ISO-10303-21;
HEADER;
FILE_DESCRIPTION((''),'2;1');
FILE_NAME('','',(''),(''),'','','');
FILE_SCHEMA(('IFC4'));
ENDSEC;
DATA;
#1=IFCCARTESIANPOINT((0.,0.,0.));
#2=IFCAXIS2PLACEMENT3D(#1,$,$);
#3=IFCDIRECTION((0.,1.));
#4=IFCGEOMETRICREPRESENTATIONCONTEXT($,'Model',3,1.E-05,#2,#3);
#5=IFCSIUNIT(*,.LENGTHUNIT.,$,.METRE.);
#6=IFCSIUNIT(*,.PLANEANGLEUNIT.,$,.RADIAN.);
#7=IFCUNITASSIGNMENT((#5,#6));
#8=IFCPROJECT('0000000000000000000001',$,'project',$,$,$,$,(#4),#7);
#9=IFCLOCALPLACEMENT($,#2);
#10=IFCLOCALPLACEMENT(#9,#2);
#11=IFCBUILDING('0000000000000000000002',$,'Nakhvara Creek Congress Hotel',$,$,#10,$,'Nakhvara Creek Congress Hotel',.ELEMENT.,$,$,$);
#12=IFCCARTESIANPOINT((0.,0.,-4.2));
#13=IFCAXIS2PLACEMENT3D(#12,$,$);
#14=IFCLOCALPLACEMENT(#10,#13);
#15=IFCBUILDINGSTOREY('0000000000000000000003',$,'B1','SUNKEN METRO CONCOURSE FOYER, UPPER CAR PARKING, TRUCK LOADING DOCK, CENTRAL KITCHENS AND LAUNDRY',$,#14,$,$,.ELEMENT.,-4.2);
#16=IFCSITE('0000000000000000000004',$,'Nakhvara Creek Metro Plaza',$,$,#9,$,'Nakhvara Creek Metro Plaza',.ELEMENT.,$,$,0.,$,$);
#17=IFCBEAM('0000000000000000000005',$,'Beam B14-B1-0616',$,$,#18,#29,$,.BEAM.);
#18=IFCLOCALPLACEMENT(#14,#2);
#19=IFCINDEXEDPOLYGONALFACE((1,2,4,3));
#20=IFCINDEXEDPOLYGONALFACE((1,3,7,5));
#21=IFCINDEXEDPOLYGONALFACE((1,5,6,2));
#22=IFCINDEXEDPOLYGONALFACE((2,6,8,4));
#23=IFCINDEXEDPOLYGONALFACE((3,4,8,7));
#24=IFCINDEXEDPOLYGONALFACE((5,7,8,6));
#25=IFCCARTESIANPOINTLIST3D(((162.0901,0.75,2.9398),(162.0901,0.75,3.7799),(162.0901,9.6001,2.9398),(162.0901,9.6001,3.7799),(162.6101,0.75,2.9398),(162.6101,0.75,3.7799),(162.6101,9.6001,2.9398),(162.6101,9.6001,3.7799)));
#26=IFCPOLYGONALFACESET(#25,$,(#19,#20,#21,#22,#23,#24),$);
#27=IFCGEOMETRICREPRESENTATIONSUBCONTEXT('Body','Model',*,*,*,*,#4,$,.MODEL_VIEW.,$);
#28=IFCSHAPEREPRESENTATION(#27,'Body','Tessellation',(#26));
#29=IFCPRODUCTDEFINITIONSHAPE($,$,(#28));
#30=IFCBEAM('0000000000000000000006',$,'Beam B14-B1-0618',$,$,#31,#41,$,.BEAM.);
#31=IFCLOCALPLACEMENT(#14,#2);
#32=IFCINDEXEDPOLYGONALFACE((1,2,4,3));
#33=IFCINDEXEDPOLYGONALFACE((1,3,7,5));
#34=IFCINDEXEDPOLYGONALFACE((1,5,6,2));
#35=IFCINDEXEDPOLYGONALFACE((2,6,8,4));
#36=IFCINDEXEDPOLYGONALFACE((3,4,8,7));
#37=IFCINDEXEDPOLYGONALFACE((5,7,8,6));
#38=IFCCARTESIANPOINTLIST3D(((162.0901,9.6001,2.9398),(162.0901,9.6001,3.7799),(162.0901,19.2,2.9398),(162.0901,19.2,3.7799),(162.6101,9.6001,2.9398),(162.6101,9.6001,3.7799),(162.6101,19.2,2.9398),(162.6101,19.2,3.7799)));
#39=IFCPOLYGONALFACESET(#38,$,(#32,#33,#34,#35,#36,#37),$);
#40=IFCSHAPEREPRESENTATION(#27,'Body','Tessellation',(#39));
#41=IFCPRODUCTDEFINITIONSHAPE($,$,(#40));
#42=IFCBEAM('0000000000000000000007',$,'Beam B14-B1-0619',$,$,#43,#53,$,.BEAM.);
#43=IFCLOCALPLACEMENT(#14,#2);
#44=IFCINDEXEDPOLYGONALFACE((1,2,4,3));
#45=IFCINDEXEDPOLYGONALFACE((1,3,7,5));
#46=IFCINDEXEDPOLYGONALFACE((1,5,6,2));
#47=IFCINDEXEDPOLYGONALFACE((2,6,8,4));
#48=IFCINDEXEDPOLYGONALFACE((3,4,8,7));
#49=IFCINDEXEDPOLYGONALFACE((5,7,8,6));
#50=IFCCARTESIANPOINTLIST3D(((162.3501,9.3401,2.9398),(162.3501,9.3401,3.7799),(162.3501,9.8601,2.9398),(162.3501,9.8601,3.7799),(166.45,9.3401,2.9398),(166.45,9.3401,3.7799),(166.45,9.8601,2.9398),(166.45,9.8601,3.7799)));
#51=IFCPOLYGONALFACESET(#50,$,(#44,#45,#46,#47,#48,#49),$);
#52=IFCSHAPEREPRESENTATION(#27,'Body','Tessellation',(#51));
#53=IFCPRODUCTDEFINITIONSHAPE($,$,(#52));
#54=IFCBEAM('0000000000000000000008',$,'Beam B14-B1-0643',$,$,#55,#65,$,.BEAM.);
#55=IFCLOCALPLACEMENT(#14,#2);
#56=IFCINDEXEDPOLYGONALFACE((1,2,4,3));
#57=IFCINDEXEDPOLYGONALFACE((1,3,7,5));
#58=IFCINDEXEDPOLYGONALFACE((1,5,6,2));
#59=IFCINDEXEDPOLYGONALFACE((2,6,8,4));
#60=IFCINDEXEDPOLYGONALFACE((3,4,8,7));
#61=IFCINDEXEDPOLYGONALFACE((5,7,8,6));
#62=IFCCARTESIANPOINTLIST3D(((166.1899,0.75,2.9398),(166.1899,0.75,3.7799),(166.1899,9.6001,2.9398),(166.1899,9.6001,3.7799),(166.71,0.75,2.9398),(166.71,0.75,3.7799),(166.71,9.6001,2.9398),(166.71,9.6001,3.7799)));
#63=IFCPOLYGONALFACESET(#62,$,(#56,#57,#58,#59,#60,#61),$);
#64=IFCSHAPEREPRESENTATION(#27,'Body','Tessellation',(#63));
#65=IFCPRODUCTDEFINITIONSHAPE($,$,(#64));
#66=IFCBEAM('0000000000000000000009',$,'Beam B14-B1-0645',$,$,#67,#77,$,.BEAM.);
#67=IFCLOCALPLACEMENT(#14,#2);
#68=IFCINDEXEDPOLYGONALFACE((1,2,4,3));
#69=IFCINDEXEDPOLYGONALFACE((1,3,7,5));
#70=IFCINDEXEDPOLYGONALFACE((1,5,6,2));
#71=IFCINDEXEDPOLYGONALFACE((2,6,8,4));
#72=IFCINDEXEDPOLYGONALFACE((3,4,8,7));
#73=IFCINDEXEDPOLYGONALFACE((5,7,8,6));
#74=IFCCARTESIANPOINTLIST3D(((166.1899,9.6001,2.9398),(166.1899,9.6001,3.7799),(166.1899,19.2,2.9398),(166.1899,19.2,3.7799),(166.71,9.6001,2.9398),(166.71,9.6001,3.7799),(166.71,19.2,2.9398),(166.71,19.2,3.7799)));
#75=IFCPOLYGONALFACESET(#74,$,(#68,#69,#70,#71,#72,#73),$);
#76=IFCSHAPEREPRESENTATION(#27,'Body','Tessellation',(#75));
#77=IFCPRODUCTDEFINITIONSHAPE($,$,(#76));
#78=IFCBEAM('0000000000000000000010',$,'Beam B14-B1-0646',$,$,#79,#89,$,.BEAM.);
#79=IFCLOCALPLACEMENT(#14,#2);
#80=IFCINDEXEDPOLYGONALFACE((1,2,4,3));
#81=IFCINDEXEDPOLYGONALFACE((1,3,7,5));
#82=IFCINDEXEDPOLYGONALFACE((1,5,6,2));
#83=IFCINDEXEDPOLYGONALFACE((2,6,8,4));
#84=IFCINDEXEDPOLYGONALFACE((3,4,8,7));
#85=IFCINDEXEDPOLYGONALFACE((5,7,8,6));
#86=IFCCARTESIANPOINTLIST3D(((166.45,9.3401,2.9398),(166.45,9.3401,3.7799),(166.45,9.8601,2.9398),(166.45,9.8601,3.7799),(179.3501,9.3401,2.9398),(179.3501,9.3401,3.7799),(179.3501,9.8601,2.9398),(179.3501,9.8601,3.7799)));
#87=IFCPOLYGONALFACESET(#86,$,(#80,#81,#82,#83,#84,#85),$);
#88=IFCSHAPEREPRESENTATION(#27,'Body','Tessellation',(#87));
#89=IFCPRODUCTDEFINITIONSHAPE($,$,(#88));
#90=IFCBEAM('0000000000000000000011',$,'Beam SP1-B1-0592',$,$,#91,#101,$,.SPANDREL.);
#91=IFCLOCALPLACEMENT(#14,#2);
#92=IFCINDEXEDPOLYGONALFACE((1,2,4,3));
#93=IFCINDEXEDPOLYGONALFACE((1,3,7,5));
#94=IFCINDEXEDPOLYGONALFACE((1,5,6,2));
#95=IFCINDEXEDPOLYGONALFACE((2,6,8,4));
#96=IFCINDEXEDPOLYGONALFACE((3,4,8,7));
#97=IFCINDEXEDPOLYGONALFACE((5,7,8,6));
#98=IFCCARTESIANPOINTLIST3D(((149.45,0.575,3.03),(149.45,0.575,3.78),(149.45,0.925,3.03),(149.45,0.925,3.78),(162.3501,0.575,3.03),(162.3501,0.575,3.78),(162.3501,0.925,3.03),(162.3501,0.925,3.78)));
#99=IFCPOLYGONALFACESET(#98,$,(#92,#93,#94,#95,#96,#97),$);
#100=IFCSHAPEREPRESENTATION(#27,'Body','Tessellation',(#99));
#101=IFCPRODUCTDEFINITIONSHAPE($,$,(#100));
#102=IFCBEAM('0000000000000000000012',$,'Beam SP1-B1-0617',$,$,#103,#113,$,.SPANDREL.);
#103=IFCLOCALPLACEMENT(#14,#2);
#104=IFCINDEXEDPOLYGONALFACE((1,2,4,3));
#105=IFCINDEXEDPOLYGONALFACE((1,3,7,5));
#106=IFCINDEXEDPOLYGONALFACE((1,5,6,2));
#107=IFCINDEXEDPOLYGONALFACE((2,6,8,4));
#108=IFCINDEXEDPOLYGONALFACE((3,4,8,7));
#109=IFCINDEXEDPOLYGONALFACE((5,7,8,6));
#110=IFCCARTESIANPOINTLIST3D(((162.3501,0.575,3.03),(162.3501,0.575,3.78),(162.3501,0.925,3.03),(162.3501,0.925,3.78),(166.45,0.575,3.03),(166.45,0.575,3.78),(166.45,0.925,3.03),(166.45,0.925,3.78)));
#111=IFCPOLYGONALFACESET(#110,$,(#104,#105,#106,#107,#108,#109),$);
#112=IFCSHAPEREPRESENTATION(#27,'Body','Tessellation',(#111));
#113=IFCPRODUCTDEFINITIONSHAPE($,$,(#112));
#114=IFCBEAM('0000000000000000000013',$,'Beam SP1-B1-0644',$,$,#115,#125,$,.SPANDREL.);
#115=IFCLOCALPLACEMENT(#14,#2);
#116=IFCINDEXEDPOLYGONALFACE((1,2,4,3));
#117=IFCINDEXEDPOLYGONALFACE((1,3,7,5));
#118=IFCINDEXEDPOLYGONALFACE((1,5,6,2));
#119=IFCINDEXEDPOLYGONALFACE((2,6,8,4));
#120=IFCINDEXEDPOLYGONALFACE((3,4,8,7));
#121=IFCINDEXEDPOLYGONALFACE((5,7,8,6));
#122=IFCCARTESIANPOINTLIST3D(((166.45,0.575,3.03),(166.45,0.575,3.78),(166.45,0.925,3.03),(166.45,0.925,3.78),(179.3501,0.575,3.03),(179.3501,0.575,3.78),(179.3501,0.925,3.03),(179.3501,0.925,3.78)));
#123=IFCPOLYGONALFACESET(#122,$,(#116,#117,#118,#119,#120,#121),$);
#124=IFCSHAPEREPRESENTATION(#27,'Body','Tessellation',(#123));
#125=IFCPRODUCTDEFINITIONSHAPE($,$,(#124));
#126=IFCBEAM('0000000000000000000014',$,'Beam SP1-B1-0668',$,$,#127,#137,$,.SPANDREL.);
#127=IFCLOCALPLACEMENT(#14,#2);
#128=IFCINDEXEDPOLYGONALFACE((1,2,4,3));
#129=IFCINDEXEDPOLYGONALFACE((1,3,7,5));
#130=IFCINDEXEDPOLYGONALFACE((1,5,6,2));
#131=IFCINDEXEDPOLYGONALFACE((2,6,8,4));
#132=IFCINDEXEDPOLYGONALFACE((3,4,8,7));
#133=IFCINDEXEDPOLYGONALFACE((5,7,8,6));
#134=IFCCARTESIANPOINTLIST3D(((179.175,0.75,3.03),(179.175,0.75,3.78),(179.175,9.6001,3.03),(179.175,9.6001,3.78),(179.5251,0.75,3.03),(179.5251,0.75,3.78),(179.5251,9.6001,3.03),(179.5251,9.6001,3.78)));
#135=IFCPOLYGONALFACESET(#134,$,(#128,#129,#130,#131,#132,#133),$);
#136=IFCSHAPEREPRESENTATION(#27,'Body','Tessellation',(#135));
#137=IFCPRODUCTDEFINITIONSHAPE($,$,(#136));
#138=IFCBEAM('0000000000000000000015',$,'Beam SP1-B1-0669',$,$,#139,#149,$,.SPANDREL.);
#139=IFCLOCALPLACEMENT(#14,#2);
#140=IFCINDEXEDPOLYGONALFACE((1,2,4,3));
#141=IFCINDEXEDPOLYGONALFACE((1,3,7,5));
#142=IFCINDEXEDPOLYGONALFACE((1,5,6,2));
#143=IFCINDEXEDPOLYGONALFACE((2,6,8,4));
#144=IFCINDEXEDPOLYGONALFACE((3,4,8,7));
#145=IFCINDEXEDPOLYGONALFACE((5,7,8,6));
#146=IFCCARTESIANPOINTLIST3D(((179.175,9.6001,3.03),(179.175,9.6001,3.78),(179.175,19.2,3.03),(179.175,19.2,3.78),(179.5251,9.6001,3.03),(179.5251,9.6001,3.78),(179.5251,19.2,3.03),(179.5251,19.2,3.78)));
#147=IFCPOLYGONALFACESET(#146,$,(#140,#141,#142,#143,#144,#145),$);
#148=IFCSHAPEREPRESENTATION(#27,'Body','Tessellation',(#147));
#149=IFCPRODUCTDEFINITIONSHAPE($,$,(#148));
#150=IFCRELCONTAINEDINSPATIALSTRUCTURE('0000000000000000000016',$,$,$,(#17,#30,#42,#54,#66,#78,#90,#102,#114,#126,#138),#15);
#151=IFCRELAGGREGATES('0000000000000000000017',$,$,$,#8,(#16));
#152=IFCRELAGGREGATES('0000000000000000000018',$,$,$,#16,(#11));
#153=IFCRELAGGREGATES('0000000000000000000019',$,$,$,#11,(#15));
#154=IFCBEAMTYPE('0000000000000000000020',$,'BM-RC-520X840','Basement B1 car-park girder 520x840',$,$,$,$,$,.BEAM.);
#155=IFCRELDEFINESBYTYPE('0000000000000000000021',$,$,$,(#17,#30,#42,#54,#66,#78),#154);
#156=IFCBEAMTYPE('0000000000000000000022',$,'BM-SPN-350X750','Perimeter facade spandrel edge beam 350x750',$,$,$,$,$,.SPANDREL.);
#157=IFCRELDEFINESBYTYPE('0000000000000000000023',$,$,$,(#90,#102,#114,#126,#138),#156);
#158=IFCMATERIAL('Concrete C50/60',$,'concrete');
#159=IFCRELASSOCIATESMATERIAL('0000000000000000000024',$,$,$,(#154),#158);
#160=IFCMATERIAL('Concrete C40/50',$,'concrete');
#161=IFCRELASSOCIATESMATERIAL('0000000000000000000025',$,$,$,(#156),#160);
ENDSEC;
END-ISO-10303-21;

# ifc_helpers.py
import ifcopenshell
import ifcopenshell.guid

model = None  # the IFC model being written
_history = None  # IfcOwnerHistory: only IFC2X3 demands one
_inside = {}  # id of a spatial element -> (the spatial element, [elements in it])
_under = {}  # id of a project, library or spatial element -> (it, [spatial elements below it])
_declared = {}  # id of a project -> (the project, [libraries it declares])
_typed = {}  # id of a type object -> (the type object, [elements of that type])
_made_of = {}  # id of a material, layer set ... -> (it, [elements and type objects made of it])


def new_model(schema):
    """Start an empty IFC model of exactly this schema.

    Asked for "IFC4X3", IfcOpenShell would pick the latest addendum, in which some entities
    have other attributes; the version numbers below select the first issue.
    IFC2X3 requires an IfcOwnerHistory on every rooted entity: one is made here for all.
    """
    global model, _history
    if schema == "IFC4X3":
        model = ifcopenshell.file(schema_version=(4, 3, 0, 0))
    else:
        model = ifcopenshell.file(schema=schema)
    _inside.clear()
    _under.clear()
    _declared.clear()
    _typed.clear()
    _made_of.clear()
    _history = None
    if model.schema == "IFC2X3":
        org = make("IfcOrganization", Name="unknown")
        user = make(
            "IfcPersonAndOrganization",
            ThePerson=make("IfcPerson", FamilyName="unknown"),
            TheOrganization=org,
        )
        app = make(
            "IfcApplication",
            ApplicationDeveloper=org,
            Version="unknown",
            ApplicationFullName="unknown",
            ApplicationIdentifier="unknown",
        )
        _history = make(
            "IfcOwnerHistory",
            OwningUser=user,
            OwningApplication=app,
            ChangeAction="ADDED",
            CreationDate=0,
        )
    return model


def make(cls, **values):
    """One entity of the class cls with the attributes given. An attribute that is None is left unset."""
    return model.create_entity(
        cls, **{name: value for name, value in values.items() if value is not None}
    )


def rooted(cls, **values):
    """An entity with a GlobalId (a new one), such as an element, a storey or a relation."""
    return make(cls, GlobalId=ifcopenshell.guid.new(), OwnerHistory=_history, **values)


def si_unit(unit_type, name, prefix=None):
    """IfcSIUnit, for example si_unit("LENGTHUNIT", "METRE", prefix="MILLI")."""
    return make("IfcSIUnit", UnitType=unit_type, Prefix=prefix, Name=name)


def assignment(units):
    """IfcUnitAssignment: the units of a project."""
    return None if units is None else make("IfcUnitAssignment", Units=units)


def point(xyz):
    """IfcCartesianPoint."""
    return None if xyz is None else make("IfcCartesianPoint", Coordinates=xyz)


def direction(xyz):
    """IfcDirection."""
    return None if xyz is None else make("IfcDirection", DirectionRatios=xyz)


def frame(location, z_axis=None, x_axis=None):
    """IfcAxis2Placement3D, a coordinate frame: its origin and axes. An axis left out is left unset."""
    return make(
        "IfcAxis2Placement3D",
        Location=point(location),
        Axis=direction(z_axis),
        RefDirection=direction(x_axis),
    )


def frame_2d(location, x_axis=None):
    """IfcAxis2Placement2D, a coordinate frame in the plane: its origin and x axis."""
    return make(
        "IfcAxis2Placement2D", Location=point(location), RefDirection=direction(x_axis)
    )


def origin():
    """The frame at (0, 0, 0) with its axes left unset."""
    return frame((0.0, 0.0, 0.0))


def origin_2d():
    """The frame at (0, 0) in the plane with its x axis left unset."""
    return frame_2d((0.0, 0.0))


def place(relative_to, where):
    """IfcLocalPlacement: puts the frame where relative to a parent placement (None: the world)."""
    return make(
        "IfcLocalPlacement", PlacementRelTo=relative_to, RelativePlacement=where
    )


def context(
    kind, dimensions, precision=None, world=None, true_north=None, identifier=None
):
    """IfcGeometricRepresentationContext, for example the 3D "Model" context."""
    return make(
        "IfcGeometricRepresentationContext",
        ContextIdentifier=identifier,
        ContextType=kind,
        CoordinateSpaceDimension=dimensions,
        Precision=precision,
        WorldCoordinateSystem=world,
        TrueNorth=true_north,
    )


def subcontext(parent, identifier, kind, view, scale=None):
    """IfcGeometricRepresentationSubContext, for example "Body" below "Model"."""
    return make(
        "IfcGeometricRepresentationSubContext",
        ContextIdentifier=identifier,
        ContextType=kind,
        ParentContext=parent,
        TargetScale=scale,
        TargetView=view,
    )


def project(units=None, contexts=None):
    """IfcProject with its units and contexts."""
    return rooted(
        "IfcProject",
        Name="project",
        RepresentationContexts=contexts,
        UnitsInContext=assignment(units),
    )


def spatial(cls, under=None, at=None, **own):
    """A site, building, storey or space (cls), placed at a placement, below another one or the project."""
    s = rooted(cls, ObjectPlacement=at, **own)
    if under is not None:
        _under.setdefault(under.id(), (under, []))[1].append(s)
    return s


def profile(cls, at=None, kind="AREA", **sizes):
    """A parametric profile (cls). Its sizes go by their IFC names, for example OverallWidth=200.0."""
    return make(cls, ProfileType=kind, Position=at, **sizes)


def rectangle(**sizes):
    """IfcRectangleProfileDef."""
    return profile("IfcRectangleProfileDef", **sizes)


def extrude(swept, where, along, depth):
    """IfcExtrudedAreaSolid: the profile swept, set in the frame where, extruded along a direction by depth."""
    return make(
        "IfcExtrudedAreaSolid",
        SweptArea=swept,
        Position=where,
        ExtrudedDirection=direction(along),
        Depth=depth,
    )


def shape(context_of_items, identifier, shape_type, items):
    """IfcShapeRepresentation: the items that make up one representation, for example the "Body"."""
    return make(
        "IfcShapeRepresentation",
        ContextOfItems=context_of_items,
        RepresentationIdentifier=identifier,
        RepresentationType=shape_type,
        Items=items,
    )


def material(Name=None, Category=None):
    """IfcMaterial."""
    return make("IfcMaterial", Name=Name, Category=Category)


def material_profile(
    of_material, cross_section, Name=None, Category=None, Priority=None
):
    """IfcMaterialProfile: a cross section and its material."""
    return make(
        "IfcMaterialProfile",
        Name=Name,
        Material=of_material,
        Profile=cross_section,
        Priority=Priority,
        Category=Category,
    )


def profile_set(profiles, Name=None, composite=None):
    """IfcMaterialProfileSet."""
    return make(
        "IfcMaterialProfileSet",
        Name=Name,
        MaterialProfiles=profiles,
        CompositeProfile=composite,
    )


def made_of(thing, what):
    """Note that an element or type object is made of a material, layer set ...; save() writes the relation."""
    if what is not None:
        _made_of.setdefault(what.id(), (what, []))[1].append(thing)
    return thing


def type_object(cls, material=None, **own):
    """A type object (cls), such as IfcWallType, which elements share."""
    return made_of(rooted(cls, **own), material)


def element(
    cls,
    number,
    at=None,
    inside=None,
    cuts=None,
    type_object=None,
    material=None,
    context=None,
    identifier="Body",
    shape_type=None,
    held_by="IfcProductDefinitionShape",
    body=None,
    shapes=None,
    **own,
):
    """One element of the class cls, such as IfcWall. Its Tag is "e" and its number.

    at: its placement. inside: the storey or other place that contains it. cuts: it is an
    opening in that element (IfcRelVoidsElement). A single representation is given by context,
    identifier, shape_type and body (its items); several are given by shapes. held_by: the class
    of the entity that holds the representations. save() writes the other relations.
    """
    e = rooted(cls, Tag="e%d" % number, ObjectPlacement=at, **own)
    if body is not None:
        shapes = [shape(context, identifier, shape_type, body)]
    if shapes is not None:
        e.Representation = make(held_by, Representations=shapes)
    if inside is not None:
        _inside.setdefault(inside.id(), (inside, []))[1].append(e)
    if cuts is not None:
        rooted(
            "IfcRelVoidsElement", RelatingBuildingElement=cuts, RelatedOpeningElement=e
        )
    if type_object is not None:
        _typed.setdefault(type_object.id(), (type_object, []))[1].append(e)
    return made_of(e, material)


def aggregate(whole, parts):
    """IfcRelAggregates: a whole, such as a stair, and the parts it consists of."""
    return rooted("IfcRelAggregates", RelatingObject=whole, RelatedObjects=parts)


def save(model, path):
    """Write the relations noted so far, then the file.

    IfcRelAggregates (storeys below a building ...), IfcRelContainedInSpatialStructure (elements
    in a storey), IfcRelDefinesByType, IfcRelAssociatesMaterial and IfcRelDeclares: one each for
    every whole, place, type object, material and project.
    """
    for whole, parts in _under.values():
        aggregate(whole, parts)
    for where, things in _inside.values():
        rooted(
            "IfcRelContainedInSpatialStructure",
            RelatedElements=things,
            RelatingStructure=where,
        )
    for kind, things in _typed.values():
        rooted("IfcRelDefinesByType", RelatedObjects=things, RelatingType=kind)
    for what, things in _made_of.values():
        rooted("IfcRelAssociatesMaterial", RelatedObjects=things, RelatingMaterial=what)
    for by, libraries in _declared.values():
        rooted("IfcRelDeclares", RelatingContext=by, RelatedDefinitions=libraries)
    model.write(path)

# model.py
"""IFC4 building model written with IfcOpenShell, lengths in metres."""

from ifc_helpers import new_model, si_unit, direction, frame, origin, origin_2d, place, context, subcontext, project, spatial, rectangle, extrude, material, material_profile, profile_set, type_object, element, save


model = new_model("IFC4")

# Units and contexts
model_context = context("Model", 3, precision=1e-05, world=origin(), true_north=direction((0.0, 1.0)))
body_context = subcontext(model_context, "Body", "Model", "MODEL_VIEW")
ifc_project = project(units=[si_unit("LENGTHUNIT", "METRE"), si_unit("PLANEANGLEUNIT", "RADIAN")], contexts=[model_context])

# Site, building, storey
site_placement = place(None, origin())
site = spatial("IfcSite", under=ifc_project, at=site_placement, Name="Nakhvara Creek Metro Plaza", LongName="Nakhvara Creek Metro Plaza", CompositionType="ELEMENT", RefElevation=0.0)
building_placement = place(site_placement, origin())
building = spatial("IfcBuilding", under=site, at=building_placement, Name="Nakhvara Creek Congress Hotel", LongName="Nakhvara Creek Congress Hotel", CompositionType="ELEMENT")
storey_placement = place(building_placement, frame((0.0, 0.0, -4.2)))
storey = spatial("IfcBuildingStorey", under=building, at=storey_placement, Name="B1", Description="SUNKEN METRO CONCOURSE FOYER, UPPER CAR PARKING, TRUCK LOADING DOCK, CENTRAL KITCHENS AND LAUNDRY", CompositionType="ELEMENT", Elevation=-4.2)

# Shared definitions
ifc_material_1 = material(Name="Concrete C50/60", Category="concrete")

# Beams
ifc_material_profile_1 = material_profile(ifc_material_1, rectangle(XDim=0.52, YDim=0.8401, at=origin_2d()), Name="RC-BM 520x840", Category="LoadBearing")
ifc_profile_set_1 = profile_set([ifc_material_profile_1], Name="Concrete C50/60")
beam_type_1 = type_object("IfcBeamType", Name="BM-RC-520X840", Description="Basement B1 car-park girder 520x840", PredefinedType="BEAM", material=ifc_profile_set_1)
beam_1_placement = place(storey_placement, frame((162.3501, 0.75, 3.3599), z_axis=(0.0, 1.0, 0.0), x_axis=(-1.0, 0.0, 0.0)))
element("IfcBeam", 1, at=beam_1_placement, inside=storey, type_object=beam_type_1, Name="Beam B14-B1-0616", PredefinedType="BEAM", context=body_context, shape_type="SweptSolid", body=[
    extrude(rectangle(XDim=0.52, YDim=0.8401, at=origin_2d()), origin(), (0.0, 0.0, 1.0), 8.8501),
])
beam_2_placement = place(storey_placement, frame((162.3501, 9.6001, 3.3599), z_axis=(0.0, 1.0, 0.0), x_axis=(-1.0, 0.0, 0.0)))
element("IfcBeam", 2, at=beam_2_placement, inside=storey, type_object=beam_type_1, Name="Beam B14-B1-0618", PredefinedType="BEAM", context=body_context, shape_type="SweptSolid", body=[
    extrude(rectangle(XDim=0.52, YDim=0.8401, at=origin_2d()), origin(), (0.0, 0.0, 1.0), 9.5999),
])
beam_3_placement = place(storey_placement, frame((162.3501, 9.6001, 3.3599), z_axis=(1.0, 0.0, 0.0), x_axis=(0.0, 1.0, 0.0)))
element("IfcBeam", 3, at=beam_3_placement, inside=storey, type_object=beam_type_1, Name="Beam B14-B1-0619", PredefinedType="BEAM", context=body_context, shape_type="SweptSolid", body=[
    extrude(rectangle(XDim=0.52, YDim=0.8401, at=origin_2d()), origin(), (0.0, 0.0, 1.0), 4.0999),
])
beam_4_placement = place(storey_placement, frame((166.45, 0.75, 3.3599), z_axis=(0.0, 1.0, 0.0), x_axis=(-1.0, 0.0, 0.0)))
element("IfcBeam", 4, at=beam_4_placement, inside=storey, type_object=beam_type_1, Name="Beam B14-B1-0643", PredefinedType="BEAM", context=body_context, shape_type="SweptSolid", body=[
    extrude(rectangle(XDim=0.52, YDim=0.8401, at=origin_2d()), origin(), (0.0, 0.0, 1.0), 8.8501),
])
beam_5_placement = place(storey_placement, frame((166.45, 9.6001, 3.3599), z_axis=(0.0, 1.0, 0.0), x_axis=(-1.0, 0.0, 0.0)))
element("IfcBeam", 5, at=beam_5_placement, inside=storey, type_object=beam_type_1, Name="Beam B14-B1-0645", PredefinedType="BEAM", context=body_context, shape_type="SweptSolid", body=[
    extrude(rectangle(XDim=0.52, YDim=0.8401, at=origin_2d()), origin(), (0.0, 0.0, 1.0), 9.5999),
])
beam_6_placement = place(storey_placement, frame((166.45, 9.6001, 3.3599), z_axis=(1.0, 0.0, 0.0), x_axis=(0.0, 1.0, 0.0)))
element("IfcBeam", 6, at=beam_6_placement, inside=storey, type_object=beam_type_1, Name="Beam B14-B1-0646", PredefinedType="BEAM", context=body_context, shape_type="SweptSolid", body=[
    extrude(rectangle(XDim=0.52, YDim=0.8401, at=origin_2d()), origin(), (0.0, 0.0, 1.0), 12.9001),
])
ifc_material_2 = material(Name="Concrete C40/50", Category="concrete")
ifc_material_profile_2 = material_profile(ifc_material_2, rectangle(XDim=0.3501, YDim=0.75, at=origin_2d()), Name="RC-SPANDREL 350x750", Category="LoadBearing")
ifc_profile_set_2 = profile_set([ifc_material_profile_2], Name="Concrete C40/50")
beam_type_2 = type_object("IfcBeamType", Name="BM-SPN-350X750", Description="Perimeter facade spandrel edge beam 350x750", PredefinedType="SPANDREL", material=ifc_profile_set_2)
beam_7_placement = place(storey_placement, frame((149.45, 0.75, 3.405), z_axis=(1.0, 0.0, 0.0), x_axis=(0.0, 1.0, 0.0)))
element("IfcBeam", 7, at=beam_7_placement, inside=storey, type_object=beam_type_2, Name="Beam SP1-B1-0592", PredefinedType="SPANDREL", context=body_context, shape_type="SweptSolid", body=[
    extrude(rectangle(XDim=0.3501, YDim=0.75, at=origin_2d()), origin(), (0.0, 0.0, 1.0), 12.9001),
])
beam_8_placement = place(storey_placement, frame((162.3501, 0.75, 3.405), z_axis=(1.0, 0.0, 0.0), x_axis=(0.0, 1.0, 0.0)))
element("IfcBeam", 8, at=beam_8_placement, inside=storey, type_object=beam_type_2, Name="Beam SP1-B1-0617", PredefinedType="SPANDREL", context=body_context, shape_type="SweptSolid", body=[
    extrude(rectangle(XDim=0.3501, YDim=0.75, at=origin_2d()), origin(), (0.0, 0.0, 1.0), 4.0999),
])
beam_9_placement = place(storey_placement, frame((166.45, 0.75, 3.405), z_axis=(1.0, 0.0, 0.0), x_axis=(0.0, 1.0, 0.0)))
element("IfcBeam", 9, at=beam_9_placement, inside=storey, type_object=beam_type_2, Name="Beam SP1-B1-0644", PredefinedType="SPANDREL", context=body_context, shape_type="SweptSolid", body=[
    extrude(rectangle(XDim=0.3501, YDim=0.75, at=origin_2d()), origin(), (0.0, 0.0, 1.0), 12.9001),
])
beam_10_placement = place(storey_placement, frame((179.3501, 0.75, 3.405), z_axis=(0.0, 1.0, 0.0), x_axis=(-1.0, 0.0, 0.0)))
element("IfcBeam", 10, at=beam_10_placement, inside=storey, type_object=beam_type_2, Name="Beam SP1-B1-0668", PredefinedType="SPANDREL", context=body_context, shape_type="SweptSolid", body=[
    extrude(rectangle(XDim=0.3501, YDim=0.75, at=origin_2d()), origin(), (0.0, 0.0, 1.0), 8.8501),
])
beam_11_placement = place(storey_placement, frame((179.3501, 9.6001, 3.405), z_axis=(0.0, 1.0, 0.0), x_axis=(-1.0, 0.0, 0.0)))
element("IfcBeam", 11, at=beam_11_placement, inside=storey, type_object=beam_type_2, Name="Beam SP1-B1-0669", PredefinedType="SPANDREL", context=body_context, shape_type="SweptSolid", body=[
    extrude(rectangle(XDim=0.3501, YDim=0.75, at=origin_2d()), origin(), (0.0, 0.0, 1.0), 9.5999),
])

save(model, "model.ifc")
